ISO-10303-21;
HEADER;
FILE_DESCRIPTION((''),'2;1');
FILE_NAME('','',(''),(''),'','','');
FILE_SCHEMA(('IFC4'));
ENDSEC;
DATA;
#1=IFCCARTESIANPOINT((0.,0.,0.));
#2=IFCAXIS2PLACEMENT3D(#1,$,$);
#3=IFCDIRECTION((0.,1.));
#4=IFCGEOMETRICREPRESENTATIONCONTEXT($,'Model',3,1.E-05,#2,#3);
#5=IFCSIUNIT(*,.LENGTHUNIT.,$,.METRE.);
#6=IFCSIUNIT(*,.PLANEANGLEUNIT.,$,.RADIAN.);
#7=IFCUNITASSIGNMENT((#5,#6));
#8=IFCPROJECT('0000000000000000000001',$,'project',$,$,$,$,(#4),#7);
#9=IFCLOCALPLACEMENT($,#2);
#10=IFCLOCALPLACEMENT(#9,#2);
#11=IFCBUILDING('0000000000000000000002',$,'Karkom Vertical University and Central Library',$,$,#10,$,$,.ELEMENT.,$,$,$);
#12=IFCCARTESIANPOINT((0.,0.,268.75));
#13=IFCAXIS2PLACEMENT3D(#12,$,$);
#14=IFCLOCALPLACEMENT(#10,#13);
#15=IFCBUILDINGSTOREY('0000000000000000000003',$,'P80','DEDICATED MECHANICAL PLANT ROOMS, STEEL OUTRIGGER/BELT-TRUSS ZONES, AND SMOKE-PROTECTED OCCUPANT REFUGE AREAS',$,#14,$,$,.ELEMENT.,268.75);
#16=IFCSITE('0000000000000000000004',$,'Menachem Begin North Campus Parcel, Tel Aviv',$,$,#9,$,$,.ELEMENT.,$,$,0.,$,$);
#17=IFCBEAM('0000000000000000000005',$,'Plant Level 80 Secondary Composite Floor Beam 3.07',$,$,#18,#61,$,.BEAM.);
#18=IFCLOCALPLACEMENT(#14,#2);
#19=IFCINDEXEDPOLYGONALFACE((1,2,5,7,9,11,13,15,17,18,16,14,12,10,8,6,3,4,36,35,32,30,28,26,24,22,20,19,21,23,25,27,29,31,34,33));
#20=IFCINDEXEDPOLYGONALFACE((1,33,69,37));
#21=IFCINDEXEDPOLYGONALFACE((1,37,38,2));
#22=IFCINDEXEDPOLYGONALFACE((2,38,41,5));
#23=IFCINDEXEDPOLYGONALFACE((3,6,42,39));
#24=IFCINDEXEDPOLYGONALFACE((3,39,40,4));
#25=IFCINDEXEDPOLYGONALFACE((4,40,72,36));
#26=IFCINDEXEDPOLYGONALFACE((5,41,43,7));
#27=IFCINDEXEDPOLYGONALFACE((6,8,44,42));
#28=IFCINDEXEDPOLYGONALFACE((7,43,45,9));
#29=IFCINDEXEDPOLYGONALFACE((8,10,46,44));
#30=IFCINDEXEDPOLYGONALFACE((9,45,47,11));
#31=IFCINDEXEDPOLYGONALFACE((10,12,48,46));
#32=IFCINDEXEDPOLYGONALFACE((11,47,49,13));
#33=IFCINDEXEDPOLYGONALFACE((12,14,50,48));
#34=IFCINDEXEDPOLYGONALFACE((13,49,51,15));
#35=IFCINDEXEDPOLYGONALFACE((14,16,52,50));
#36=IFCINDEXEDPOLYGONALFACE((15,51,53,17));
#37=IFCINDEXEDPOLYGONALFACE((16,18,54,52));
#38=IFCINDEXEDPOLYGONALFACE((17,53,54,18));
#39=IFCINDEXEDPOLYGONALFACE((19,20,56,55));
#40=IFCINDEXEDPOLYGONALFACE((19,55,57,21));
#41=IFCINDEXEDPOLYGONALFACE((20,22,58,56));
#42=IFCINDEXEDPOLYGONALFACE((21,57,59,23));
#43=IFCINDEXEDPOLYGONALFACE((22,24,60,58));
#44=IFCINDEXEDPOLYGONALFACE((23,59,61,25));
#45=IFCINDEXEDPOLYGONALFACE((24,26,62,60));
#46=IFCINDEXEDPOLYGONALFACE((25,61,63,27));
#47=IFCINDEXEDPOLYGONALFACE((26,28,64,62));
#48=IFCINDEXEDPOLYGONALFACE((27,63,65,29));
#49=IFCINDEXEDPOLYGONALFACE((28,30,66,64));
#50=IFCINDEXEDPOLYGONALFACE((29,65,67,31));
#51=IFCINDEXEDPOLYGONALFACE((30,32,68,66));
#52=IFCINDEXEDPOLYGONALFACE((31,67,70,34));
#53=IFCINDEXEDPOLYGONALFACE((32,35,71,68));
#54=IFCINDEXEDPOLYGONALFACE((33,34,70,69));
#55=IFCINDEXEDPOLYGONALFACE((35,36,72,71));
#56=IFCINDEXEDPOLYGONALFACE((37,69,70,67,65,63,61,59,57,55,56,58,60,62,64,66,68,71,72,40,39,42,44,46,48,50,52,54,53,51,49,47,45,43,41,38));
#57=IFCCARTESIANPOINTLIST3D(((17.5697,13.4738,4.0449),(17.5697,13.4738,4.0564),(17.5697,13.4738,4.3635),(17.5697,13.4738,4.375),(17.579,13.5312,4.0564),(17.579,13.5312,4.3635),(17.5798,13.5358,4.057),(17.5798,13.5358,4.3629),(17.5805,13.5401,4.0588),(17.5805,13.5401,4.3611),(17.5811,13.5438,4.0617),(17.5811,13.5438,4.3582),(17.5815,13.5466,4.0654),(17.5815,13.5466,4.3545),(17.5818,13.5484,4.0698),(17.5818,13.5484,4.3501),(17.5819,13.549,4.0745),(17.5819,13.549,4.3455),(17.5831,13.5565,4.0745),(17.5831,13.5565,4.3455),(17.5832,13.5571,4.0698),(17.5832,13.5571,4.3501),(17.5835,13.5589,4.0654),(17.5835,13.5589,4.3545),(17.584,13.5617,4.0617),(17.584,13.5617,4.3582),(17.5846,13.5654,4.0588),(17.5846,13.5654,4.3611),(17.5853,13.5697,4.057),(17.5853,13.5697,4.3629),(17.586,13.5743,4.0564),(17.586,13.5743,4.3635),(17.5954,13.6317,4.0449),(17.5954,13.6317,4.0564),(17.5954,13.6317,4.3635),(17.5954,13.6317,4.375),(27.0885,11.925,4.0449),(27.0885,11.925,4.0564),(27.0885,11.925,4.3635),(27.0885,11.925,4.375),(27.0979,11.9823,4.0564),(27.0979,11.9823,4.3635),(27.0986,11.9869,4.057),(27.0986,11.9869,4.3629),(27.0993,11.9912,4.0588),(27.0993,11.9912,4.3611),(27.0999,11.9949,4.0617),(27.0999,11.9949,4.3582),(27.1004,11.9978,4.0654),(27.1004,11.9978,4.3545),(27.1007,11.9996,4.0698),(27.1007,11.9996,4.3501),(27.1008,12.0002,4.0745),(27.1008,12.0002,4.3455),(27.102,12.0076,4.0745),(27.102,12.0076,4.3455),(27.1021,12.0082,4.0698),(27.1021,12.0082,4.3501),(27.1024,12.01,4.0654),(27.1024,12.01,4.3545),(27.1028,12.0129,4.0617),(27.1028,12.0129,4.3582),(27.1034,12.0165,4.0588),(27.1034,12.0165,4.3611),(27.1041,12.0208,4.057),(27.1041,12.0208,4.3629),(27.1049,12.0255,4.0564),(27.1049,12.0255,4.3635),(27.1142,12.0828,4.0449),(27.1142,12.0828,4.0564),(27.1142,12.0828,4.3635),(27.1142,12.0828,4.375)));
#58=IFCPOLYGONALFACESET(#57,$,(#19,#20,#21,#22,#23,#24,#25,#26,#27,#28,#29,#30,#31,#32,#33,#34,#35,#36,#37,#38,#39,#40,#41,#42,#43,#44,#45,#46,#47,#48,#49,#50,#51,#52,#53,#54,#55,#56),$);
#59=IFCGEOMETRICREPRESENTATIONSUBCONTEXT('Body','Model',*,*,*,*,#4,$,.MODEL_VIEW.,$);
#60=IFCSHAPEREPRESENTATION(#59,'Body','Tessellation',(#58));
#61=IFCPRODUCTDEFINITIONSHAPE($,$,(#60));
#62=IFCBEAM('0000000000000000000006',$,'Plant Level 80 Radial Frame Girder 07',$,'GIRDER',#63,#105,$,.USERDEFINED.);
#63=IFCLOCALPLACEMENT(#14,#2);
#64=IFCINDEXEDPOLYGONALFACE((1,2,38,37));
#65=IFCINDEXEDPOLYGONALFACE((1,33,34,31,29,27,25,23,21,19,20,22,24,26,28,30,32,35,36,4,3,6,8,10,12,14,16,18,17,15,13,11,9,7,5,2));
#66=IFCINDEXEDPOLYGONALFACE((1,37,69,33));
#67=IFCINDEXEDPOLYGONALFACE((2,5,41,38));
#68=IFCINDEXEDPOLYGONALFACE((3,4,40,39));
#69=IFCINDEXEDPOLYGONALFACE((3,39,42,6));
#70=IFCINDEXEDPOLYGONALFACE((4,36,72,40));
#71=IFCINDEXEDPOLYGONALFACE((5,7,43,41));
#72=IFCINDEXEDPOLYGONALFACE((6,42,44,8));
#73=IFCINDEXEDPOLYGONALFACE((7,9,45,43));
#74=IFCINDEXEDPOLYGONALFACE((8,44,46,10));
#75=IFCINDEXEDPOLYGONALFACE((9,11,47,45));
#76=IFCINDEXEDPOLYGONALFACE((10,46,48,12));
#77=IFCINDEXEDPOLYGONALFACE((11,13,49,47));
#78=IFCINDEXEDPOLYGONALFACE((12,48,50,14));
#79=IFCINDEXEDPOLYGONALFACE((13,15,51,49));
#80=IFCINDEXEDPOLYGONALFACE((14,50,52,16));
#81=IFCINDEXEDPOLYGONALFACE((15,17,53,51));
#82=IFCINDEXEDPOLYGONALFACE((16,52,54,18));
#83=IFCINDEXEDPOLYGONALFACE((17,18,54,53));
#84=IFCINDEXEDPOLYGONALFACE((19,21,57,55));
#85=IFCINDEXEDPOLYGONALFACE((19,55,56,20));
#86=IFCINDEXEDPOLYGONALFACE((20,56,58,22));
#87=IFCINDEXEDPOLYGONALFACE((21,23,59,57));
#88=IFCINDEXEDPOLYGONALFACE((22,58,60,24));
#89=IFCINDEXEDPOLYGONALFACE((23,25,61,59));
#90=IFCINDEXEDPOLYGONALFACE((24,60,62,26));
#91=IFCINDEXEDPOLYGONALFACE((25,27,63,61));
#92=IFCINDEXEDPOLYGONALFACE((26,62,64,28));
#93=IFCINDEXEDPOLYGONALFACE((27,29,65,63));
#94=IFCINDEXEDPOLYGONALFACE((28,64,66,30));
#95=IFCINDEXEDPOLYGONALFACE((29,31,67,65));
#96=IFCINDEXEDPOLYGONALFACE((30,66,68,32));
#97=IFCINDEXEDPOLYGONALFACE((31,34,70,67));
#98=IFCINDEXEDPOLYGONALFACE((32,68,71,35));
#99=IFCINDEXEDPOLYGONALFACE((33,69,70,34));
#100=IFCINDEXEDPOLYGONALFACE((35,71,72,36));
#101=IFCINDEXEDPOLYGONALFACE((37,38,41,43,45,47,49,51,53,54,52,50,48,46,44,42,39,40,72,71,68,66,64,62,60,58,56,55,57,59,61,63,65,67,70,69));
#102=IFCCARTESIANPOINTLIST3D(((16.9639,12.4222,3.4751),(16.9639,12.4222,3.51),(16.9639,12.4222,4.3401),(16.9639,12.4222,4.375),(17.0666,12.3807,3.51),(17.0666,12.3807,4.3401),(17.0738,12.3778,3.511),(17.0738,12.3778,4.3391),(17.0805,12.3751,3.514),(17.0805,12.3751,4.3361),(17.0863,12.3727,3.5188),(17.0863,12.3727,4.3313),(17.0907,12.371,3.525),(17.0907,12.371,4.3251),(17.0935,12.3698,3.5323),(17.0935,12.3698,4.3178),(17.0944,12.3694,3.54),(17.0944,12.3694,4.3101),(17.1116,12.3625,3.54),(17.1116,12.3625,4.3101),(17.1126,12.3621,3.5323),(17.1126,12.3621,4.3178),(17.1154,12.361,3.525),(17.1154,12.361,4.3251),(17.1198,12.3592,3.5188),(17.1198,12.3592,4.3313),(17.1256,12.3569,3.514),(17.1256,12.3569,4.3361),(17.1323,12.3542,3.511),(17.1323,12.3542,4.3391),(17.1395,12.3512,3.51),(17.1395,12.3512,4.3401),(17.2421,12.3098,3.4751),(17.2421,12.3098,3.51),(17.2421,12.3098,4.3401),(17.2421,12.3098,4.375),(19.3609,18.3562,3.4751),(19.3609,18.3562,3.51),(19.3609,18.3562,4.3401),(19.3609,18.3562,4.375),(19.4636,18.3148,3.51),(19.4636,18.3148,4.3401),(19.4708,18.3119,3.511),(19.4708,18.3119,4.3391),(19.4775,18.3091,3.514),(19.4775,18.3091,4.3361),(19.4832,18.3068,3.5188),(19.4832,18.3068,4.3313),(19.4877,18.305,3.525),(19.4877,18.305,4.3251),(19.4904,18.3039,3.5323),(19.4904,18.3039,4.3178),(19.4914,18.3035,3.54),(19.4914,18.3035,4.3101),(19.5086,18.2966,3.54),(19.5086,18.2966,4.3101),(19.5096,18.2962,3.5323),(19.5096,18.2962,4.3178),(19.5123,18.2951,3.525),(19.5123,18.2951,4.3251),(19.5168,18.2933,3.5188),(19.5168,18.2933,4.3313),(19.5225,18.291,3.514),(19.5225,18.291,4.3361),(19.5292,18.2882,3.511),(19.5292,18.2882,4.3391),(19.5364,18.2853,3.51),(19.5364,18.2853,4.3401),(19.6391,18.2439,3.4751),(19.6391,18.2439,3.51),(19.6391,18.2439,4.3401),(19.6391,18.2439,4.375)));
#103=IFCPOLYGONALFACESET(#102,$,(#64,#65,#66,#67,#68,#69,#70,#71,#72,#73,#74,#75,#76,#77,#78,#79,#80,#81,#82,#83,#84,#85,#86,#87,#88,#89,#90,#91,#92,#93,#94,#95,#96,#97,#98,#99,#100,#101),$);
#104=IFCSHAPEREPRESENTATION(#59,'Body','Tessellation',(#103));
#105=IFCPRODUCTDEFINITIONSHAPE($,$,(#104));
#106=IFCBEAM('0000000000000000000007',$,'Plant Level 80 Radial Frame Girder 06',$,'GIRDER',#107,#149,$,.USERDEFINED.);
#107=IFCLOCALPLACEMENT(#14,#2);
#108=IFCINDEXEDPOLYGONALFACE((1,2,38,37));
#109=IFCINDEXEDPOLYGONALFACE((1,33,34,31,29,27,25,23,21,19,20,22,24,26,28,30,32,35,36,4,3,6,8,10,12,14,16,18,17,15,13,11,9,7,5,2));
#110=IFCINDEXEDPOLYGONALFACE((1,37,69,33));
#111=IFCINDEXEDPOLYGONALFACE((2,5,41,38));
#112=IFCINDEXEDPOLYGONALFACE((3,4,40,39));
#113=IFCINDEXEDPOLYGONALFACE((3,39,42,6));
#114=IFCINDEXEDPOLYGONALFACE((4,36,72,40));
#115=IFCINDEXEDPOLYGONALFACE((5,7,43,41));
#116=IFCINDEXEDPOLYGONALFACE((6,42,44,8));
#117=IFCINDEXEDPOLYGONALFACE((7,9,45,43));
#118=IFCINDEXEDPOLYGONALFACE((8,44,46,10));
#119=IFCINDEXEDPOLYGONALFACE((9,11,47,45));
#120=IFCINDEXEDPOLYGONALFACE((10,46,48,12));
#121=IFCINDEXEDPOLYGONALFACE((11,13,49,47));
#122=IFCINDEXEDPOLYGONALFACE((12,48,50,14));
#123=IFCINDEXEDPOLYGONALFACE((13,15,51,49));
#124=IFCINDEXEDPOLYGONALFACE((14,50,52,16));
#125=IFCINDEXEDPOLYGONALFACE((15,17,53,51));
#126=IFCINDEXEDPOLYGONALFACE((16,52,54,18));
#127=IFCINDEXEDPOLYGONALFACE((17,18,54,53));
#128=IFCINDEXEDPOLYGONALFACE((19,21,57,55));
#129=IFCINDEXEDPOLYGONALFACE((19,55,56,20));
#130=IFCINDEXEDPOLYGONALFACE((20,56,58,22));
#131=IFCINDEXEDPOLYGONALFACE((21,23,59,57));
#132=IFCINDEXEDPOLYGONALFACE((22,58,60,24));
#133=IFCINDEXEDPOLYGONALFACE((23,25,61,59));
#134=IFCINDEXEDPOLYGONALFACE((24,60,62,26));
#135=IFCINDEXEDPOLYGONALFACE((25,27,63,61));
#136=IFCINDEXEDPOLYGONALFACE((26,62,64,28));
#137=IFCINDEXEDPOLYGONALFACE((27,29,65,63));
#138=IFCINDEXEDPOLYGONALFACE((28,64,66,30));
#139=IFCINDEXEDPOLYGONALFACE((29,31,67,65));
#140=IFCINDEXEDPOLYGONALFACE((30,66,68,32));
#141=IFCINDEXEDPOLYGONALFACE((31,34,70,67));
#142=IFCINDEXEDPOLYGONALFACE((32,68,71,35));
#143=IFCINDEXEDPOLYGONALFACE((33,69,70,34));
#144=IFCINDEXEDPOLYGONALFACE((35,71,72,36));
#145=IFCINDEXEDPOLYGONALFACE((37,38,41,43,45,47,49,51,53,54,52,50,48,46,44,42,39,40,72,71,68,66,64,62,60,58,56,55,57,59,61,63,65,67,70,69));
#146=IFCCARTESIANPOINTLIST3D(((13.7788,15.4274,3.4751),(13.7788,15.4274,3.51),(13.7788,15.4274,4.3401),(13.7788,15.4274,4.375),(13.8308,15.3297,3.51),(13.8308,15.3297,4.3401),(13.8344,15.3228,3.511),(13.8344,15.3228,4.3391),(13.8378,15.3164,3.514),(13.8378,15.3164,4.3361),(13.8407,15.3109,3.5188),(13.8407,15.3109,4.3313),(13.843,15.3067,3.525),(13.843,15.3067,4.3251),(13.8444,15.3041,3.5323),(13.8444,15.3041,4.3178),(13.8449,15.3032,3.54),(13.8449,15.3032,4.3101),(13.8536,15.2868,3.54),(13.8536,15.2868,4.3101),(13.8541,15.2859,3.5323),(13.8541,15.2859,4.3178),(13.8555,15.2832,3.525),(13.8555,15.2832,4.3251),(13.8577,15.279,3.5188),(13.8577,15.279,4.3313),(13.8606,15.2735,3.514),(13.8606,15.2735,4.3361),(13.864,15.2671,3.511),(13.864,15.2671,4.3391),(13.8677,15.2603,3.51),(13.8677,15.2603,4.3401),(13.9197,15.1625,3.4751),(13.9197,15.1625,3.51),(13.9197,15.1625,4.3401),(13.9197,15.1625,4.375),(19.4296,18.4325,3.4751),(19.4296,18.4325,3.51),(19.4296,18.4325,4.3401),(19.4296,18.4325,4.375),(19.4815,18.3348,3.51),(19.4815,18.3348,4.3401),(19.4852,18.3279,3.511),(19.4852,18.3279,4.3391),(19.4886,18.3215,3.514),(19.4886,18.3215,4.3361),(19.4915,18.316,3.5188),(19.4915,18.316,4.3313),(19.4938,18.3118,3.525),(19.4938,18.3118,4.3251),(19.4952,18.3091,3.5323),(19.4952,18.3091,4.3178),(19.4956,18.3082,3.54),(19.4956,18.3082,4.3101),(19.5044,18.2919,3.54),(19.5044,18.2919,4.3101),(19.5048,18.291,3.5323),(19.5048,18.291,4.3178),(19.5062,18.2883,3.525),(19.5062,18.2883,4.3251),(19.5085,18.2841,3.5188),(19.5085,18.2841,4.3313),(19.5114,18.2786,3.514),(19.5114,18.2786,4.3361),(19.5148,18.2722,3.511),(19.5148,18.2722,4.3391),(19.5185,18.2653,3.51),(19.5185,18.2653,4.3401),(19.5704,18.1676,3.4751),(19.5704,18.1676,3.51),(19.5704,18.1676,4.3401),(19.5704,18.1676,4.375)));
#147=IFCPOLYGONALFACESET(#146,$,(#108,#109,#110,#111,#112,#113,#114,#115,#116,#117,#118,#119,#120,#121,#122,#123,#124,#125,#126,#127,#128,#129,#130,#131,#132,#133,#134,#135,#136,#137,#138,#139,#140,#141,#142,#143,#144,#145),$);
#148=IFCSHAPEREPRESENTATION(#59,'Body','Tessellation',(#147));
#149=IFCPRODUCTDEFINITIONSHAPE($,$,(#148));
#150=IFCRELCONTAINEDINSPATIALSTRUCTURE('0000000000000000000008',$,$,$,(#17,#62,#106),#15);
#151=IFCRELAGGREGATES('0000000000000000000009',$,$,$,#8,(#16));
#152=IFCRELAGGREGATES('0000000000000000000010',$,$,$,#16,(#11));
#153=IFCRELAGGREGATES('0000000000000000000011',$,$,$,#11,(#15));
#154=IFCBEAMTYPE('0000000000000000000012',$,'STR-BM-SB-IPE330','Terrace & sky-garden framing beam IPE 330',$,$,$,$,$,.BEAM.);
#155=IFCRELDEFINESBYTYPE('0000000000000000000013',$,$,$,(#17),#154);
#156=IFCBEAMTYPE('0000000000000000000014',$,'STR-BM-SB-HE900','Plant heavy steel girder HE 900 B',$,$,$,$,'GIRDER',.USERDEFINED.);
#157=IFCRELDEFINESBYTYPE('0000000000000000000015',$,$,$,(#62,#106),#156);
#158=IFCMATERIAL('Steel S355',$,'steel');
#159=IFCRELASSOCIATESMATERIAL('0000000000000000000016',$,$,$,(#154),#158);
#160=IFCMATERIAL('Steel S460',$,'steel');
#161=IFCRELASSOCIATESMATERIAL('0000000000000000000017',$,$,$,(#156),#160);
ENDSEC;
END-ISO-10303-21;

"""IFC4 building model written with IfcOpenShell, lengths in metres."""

from ifc_helpers import new_model, si_unit, direction, frame, origin, origin_with_axes, origin_2d, place, context, subcontext, project, spatial, i_section, extrude, source, transform, mapped, material, material_profile, profile_set, type_object, element, save


model = new_model("IFC4")

# Units and contexts
model_context = context("Model", 3, precision=1e-05, world=origin(), true_north=direction((0.0, 1.0)))
body_context = subcontext(model_context, "Body", "Model", "MODEL_VIEW")
ifc_project = project(units=[si_unit("LENGTHUNIT", "METRE"), si_unit("PLANEANGLEUNIT", "RADIAN")], contexts=[model_context])

# Site, building, storey
site_placement = place(None, origin())
site = spatial("IfcSite", under=ifc_project, at=site_placement, Name="Menachem Begin North Campus Parcel, Tel Aviv", CompositionType="ELEMENT", RefElevation=0.0)
building_placement = place(site_placement, origin())
building = spatial("IfcBuilding", under=site, at=building_placement, Name="Karkom Vertical University and Central Library", CompositionType="ELEMENT")
storey_placement = place(building_placement, frame((0.0, 0.0, 268.75)))
storey = spatial("IfcBuildingStorey", under=building, at=storey_placement, Name="P80", Description="DEDICATED MECHANICAL PLANT ROOMS, STEEL OUTRIGGER/BELT-TRUSS ZONES, AND SMOKE-PROTECTED OCCUPANT REFUGE AREAS", CompositionType="ELEMENT", Elevation=268.75)

# Beams
ifc_material_1 = material(Name="Steel S355", Category="steel")
ifc_material_profile_1 = material_profile(ifc_material_1, i_section(OverallWidth=0.1599, OverallDepth=0.3301, WebThickness=0.0076, FlangeThickness=0.0115, FilletRadius=0.0181, at=origin_2d()), Name="IPE 330")
ifc_profile_set_1 = profile_set([ifc_material_profile_1], Name="Steel S355")
beam_type_1 = type_object("IfcBeamType", Name="STR-BM-SB-IPE330", Description="Terrace & sky-garden framing beam IPE 330", PredefinedType="BEAM", material=ifc_profile_set_1)
shared_shape_1 = source(origin_with_axes(), body_context, "Body", "SweptSolid", [
    extrude(i_section(OverallWidth=0.1599, OverallDepth=0.3301, WebThickness=0.0076, FlangeThickness=0.0115, FilletRadius=0.0181, at=origin_2d()), origin(), (0.0, 0.0, 1.0), 9.644),
])
beam_1_placement = place(storey_placement, frame((17.5825, 13.5527, 4.21), z_axis=(0.987019, -0.1606, 0.0), x_axis=(0.1606, 0.987019, 0.0)))
element("IfcBeam", 1, at=beam_1_placement, inside=storey, type_object=beam_type_1, Name="Plant Level 80 Secondary Composite Floor Beam 3.07", PredefinedType="BEAM", context=body_context, shape_type="MappedRepresentation", body=[
    mapped(shared_shape_1, transform((0.0, 0.0, 0.0), scale=1.0)),
])
ifc_material_2 = material(Name="Steel S460", Category="steel")
ifc_material_profile_2 = material_profile(ifc_material_2, i_section(OverallWidth=0.3, OverallDepth=0.8999, WebThickness=0.0186, FlangeThickness=0.0349, FilletRadius=0.03, at=origin_2d()), Name="HE 900 B")
ifc_profile_set_2 = profile_set([ifc_material_profile_2], Name="Steel S460")
beam_type_2 = type_object("IfcBeamType", Name="STR-BM-SB-HE900", Description="Plant heavy steel girder HE 900 B", ElementType="GIRDER", PredefinedType="USERDEFINED", material=ifc_profile_set_2)
shared_shape_2 = source(origin_with_axes(), body_context, "Body", "SweptSolid", [
    extrude(i_section(OverallWidth=0.3, OverallDepth=0.8999, WebThickness=0.0186, FlangeThickness=0.0349, FilletRadius=0.03, at=origin_2d()), origin(), (0.0, 0.0, 1.0), 6.3999),
])
beam_2_placement = place(storey_placement, frame((19.5, 18.3, 3.925), z_axis=(-0.374532, -0.927214, 0.0), x_axis=(0.927214, -0.374532, 0.0)))
element("IfcBeam", 2, at=beam_2_placement, inside=storey, type_object=beam_type_2, Name="Plant Level 80 Radial Frame Girder 07", ObjectType="GIRDER", PredefinedType="USERDEFINED", context=body_context, shape_type="MappedRepresentation", body=[
    mapped(shared_shape_2, transform((0.0, 0.0, 0.0), scale=1.0)),
])
shared_shape_3 = source(origin_with_axes(), body_context, "Body", "SweptSolid", [
    extrude(i_section(OverallWidth=0.3, OverallDepth=0.8999, WebThickness=0.0186, FlangeThickness=0.0349, FilletRadius=0.03, at=origin_2d()), origin(), (0.0, 0.0, 1.0), 6.4001),
])
beam_3_placement = place(storey_placement, frame((19.5, 18.3, 3.925), z_axis=(-0.882915, -0.469533, 0.0), x_axis=(0.469533, -0.882915, 0.0)))
element("IfcBeam", 3, at=beam_3_placement, inside=storey, type_object=beam_type_2, Name="Plant Level 80 Radial Frame Girder 06", ObjectType="GIRDER", PredefinedType="USERDEFINED", context=body_context, shape_type="MappedRepresentation", body=[
    mapped(shared_shape_3, transform((0.0, 0.0, 0.0), scale=1.0)),
])

save(model, "model.ifc")
